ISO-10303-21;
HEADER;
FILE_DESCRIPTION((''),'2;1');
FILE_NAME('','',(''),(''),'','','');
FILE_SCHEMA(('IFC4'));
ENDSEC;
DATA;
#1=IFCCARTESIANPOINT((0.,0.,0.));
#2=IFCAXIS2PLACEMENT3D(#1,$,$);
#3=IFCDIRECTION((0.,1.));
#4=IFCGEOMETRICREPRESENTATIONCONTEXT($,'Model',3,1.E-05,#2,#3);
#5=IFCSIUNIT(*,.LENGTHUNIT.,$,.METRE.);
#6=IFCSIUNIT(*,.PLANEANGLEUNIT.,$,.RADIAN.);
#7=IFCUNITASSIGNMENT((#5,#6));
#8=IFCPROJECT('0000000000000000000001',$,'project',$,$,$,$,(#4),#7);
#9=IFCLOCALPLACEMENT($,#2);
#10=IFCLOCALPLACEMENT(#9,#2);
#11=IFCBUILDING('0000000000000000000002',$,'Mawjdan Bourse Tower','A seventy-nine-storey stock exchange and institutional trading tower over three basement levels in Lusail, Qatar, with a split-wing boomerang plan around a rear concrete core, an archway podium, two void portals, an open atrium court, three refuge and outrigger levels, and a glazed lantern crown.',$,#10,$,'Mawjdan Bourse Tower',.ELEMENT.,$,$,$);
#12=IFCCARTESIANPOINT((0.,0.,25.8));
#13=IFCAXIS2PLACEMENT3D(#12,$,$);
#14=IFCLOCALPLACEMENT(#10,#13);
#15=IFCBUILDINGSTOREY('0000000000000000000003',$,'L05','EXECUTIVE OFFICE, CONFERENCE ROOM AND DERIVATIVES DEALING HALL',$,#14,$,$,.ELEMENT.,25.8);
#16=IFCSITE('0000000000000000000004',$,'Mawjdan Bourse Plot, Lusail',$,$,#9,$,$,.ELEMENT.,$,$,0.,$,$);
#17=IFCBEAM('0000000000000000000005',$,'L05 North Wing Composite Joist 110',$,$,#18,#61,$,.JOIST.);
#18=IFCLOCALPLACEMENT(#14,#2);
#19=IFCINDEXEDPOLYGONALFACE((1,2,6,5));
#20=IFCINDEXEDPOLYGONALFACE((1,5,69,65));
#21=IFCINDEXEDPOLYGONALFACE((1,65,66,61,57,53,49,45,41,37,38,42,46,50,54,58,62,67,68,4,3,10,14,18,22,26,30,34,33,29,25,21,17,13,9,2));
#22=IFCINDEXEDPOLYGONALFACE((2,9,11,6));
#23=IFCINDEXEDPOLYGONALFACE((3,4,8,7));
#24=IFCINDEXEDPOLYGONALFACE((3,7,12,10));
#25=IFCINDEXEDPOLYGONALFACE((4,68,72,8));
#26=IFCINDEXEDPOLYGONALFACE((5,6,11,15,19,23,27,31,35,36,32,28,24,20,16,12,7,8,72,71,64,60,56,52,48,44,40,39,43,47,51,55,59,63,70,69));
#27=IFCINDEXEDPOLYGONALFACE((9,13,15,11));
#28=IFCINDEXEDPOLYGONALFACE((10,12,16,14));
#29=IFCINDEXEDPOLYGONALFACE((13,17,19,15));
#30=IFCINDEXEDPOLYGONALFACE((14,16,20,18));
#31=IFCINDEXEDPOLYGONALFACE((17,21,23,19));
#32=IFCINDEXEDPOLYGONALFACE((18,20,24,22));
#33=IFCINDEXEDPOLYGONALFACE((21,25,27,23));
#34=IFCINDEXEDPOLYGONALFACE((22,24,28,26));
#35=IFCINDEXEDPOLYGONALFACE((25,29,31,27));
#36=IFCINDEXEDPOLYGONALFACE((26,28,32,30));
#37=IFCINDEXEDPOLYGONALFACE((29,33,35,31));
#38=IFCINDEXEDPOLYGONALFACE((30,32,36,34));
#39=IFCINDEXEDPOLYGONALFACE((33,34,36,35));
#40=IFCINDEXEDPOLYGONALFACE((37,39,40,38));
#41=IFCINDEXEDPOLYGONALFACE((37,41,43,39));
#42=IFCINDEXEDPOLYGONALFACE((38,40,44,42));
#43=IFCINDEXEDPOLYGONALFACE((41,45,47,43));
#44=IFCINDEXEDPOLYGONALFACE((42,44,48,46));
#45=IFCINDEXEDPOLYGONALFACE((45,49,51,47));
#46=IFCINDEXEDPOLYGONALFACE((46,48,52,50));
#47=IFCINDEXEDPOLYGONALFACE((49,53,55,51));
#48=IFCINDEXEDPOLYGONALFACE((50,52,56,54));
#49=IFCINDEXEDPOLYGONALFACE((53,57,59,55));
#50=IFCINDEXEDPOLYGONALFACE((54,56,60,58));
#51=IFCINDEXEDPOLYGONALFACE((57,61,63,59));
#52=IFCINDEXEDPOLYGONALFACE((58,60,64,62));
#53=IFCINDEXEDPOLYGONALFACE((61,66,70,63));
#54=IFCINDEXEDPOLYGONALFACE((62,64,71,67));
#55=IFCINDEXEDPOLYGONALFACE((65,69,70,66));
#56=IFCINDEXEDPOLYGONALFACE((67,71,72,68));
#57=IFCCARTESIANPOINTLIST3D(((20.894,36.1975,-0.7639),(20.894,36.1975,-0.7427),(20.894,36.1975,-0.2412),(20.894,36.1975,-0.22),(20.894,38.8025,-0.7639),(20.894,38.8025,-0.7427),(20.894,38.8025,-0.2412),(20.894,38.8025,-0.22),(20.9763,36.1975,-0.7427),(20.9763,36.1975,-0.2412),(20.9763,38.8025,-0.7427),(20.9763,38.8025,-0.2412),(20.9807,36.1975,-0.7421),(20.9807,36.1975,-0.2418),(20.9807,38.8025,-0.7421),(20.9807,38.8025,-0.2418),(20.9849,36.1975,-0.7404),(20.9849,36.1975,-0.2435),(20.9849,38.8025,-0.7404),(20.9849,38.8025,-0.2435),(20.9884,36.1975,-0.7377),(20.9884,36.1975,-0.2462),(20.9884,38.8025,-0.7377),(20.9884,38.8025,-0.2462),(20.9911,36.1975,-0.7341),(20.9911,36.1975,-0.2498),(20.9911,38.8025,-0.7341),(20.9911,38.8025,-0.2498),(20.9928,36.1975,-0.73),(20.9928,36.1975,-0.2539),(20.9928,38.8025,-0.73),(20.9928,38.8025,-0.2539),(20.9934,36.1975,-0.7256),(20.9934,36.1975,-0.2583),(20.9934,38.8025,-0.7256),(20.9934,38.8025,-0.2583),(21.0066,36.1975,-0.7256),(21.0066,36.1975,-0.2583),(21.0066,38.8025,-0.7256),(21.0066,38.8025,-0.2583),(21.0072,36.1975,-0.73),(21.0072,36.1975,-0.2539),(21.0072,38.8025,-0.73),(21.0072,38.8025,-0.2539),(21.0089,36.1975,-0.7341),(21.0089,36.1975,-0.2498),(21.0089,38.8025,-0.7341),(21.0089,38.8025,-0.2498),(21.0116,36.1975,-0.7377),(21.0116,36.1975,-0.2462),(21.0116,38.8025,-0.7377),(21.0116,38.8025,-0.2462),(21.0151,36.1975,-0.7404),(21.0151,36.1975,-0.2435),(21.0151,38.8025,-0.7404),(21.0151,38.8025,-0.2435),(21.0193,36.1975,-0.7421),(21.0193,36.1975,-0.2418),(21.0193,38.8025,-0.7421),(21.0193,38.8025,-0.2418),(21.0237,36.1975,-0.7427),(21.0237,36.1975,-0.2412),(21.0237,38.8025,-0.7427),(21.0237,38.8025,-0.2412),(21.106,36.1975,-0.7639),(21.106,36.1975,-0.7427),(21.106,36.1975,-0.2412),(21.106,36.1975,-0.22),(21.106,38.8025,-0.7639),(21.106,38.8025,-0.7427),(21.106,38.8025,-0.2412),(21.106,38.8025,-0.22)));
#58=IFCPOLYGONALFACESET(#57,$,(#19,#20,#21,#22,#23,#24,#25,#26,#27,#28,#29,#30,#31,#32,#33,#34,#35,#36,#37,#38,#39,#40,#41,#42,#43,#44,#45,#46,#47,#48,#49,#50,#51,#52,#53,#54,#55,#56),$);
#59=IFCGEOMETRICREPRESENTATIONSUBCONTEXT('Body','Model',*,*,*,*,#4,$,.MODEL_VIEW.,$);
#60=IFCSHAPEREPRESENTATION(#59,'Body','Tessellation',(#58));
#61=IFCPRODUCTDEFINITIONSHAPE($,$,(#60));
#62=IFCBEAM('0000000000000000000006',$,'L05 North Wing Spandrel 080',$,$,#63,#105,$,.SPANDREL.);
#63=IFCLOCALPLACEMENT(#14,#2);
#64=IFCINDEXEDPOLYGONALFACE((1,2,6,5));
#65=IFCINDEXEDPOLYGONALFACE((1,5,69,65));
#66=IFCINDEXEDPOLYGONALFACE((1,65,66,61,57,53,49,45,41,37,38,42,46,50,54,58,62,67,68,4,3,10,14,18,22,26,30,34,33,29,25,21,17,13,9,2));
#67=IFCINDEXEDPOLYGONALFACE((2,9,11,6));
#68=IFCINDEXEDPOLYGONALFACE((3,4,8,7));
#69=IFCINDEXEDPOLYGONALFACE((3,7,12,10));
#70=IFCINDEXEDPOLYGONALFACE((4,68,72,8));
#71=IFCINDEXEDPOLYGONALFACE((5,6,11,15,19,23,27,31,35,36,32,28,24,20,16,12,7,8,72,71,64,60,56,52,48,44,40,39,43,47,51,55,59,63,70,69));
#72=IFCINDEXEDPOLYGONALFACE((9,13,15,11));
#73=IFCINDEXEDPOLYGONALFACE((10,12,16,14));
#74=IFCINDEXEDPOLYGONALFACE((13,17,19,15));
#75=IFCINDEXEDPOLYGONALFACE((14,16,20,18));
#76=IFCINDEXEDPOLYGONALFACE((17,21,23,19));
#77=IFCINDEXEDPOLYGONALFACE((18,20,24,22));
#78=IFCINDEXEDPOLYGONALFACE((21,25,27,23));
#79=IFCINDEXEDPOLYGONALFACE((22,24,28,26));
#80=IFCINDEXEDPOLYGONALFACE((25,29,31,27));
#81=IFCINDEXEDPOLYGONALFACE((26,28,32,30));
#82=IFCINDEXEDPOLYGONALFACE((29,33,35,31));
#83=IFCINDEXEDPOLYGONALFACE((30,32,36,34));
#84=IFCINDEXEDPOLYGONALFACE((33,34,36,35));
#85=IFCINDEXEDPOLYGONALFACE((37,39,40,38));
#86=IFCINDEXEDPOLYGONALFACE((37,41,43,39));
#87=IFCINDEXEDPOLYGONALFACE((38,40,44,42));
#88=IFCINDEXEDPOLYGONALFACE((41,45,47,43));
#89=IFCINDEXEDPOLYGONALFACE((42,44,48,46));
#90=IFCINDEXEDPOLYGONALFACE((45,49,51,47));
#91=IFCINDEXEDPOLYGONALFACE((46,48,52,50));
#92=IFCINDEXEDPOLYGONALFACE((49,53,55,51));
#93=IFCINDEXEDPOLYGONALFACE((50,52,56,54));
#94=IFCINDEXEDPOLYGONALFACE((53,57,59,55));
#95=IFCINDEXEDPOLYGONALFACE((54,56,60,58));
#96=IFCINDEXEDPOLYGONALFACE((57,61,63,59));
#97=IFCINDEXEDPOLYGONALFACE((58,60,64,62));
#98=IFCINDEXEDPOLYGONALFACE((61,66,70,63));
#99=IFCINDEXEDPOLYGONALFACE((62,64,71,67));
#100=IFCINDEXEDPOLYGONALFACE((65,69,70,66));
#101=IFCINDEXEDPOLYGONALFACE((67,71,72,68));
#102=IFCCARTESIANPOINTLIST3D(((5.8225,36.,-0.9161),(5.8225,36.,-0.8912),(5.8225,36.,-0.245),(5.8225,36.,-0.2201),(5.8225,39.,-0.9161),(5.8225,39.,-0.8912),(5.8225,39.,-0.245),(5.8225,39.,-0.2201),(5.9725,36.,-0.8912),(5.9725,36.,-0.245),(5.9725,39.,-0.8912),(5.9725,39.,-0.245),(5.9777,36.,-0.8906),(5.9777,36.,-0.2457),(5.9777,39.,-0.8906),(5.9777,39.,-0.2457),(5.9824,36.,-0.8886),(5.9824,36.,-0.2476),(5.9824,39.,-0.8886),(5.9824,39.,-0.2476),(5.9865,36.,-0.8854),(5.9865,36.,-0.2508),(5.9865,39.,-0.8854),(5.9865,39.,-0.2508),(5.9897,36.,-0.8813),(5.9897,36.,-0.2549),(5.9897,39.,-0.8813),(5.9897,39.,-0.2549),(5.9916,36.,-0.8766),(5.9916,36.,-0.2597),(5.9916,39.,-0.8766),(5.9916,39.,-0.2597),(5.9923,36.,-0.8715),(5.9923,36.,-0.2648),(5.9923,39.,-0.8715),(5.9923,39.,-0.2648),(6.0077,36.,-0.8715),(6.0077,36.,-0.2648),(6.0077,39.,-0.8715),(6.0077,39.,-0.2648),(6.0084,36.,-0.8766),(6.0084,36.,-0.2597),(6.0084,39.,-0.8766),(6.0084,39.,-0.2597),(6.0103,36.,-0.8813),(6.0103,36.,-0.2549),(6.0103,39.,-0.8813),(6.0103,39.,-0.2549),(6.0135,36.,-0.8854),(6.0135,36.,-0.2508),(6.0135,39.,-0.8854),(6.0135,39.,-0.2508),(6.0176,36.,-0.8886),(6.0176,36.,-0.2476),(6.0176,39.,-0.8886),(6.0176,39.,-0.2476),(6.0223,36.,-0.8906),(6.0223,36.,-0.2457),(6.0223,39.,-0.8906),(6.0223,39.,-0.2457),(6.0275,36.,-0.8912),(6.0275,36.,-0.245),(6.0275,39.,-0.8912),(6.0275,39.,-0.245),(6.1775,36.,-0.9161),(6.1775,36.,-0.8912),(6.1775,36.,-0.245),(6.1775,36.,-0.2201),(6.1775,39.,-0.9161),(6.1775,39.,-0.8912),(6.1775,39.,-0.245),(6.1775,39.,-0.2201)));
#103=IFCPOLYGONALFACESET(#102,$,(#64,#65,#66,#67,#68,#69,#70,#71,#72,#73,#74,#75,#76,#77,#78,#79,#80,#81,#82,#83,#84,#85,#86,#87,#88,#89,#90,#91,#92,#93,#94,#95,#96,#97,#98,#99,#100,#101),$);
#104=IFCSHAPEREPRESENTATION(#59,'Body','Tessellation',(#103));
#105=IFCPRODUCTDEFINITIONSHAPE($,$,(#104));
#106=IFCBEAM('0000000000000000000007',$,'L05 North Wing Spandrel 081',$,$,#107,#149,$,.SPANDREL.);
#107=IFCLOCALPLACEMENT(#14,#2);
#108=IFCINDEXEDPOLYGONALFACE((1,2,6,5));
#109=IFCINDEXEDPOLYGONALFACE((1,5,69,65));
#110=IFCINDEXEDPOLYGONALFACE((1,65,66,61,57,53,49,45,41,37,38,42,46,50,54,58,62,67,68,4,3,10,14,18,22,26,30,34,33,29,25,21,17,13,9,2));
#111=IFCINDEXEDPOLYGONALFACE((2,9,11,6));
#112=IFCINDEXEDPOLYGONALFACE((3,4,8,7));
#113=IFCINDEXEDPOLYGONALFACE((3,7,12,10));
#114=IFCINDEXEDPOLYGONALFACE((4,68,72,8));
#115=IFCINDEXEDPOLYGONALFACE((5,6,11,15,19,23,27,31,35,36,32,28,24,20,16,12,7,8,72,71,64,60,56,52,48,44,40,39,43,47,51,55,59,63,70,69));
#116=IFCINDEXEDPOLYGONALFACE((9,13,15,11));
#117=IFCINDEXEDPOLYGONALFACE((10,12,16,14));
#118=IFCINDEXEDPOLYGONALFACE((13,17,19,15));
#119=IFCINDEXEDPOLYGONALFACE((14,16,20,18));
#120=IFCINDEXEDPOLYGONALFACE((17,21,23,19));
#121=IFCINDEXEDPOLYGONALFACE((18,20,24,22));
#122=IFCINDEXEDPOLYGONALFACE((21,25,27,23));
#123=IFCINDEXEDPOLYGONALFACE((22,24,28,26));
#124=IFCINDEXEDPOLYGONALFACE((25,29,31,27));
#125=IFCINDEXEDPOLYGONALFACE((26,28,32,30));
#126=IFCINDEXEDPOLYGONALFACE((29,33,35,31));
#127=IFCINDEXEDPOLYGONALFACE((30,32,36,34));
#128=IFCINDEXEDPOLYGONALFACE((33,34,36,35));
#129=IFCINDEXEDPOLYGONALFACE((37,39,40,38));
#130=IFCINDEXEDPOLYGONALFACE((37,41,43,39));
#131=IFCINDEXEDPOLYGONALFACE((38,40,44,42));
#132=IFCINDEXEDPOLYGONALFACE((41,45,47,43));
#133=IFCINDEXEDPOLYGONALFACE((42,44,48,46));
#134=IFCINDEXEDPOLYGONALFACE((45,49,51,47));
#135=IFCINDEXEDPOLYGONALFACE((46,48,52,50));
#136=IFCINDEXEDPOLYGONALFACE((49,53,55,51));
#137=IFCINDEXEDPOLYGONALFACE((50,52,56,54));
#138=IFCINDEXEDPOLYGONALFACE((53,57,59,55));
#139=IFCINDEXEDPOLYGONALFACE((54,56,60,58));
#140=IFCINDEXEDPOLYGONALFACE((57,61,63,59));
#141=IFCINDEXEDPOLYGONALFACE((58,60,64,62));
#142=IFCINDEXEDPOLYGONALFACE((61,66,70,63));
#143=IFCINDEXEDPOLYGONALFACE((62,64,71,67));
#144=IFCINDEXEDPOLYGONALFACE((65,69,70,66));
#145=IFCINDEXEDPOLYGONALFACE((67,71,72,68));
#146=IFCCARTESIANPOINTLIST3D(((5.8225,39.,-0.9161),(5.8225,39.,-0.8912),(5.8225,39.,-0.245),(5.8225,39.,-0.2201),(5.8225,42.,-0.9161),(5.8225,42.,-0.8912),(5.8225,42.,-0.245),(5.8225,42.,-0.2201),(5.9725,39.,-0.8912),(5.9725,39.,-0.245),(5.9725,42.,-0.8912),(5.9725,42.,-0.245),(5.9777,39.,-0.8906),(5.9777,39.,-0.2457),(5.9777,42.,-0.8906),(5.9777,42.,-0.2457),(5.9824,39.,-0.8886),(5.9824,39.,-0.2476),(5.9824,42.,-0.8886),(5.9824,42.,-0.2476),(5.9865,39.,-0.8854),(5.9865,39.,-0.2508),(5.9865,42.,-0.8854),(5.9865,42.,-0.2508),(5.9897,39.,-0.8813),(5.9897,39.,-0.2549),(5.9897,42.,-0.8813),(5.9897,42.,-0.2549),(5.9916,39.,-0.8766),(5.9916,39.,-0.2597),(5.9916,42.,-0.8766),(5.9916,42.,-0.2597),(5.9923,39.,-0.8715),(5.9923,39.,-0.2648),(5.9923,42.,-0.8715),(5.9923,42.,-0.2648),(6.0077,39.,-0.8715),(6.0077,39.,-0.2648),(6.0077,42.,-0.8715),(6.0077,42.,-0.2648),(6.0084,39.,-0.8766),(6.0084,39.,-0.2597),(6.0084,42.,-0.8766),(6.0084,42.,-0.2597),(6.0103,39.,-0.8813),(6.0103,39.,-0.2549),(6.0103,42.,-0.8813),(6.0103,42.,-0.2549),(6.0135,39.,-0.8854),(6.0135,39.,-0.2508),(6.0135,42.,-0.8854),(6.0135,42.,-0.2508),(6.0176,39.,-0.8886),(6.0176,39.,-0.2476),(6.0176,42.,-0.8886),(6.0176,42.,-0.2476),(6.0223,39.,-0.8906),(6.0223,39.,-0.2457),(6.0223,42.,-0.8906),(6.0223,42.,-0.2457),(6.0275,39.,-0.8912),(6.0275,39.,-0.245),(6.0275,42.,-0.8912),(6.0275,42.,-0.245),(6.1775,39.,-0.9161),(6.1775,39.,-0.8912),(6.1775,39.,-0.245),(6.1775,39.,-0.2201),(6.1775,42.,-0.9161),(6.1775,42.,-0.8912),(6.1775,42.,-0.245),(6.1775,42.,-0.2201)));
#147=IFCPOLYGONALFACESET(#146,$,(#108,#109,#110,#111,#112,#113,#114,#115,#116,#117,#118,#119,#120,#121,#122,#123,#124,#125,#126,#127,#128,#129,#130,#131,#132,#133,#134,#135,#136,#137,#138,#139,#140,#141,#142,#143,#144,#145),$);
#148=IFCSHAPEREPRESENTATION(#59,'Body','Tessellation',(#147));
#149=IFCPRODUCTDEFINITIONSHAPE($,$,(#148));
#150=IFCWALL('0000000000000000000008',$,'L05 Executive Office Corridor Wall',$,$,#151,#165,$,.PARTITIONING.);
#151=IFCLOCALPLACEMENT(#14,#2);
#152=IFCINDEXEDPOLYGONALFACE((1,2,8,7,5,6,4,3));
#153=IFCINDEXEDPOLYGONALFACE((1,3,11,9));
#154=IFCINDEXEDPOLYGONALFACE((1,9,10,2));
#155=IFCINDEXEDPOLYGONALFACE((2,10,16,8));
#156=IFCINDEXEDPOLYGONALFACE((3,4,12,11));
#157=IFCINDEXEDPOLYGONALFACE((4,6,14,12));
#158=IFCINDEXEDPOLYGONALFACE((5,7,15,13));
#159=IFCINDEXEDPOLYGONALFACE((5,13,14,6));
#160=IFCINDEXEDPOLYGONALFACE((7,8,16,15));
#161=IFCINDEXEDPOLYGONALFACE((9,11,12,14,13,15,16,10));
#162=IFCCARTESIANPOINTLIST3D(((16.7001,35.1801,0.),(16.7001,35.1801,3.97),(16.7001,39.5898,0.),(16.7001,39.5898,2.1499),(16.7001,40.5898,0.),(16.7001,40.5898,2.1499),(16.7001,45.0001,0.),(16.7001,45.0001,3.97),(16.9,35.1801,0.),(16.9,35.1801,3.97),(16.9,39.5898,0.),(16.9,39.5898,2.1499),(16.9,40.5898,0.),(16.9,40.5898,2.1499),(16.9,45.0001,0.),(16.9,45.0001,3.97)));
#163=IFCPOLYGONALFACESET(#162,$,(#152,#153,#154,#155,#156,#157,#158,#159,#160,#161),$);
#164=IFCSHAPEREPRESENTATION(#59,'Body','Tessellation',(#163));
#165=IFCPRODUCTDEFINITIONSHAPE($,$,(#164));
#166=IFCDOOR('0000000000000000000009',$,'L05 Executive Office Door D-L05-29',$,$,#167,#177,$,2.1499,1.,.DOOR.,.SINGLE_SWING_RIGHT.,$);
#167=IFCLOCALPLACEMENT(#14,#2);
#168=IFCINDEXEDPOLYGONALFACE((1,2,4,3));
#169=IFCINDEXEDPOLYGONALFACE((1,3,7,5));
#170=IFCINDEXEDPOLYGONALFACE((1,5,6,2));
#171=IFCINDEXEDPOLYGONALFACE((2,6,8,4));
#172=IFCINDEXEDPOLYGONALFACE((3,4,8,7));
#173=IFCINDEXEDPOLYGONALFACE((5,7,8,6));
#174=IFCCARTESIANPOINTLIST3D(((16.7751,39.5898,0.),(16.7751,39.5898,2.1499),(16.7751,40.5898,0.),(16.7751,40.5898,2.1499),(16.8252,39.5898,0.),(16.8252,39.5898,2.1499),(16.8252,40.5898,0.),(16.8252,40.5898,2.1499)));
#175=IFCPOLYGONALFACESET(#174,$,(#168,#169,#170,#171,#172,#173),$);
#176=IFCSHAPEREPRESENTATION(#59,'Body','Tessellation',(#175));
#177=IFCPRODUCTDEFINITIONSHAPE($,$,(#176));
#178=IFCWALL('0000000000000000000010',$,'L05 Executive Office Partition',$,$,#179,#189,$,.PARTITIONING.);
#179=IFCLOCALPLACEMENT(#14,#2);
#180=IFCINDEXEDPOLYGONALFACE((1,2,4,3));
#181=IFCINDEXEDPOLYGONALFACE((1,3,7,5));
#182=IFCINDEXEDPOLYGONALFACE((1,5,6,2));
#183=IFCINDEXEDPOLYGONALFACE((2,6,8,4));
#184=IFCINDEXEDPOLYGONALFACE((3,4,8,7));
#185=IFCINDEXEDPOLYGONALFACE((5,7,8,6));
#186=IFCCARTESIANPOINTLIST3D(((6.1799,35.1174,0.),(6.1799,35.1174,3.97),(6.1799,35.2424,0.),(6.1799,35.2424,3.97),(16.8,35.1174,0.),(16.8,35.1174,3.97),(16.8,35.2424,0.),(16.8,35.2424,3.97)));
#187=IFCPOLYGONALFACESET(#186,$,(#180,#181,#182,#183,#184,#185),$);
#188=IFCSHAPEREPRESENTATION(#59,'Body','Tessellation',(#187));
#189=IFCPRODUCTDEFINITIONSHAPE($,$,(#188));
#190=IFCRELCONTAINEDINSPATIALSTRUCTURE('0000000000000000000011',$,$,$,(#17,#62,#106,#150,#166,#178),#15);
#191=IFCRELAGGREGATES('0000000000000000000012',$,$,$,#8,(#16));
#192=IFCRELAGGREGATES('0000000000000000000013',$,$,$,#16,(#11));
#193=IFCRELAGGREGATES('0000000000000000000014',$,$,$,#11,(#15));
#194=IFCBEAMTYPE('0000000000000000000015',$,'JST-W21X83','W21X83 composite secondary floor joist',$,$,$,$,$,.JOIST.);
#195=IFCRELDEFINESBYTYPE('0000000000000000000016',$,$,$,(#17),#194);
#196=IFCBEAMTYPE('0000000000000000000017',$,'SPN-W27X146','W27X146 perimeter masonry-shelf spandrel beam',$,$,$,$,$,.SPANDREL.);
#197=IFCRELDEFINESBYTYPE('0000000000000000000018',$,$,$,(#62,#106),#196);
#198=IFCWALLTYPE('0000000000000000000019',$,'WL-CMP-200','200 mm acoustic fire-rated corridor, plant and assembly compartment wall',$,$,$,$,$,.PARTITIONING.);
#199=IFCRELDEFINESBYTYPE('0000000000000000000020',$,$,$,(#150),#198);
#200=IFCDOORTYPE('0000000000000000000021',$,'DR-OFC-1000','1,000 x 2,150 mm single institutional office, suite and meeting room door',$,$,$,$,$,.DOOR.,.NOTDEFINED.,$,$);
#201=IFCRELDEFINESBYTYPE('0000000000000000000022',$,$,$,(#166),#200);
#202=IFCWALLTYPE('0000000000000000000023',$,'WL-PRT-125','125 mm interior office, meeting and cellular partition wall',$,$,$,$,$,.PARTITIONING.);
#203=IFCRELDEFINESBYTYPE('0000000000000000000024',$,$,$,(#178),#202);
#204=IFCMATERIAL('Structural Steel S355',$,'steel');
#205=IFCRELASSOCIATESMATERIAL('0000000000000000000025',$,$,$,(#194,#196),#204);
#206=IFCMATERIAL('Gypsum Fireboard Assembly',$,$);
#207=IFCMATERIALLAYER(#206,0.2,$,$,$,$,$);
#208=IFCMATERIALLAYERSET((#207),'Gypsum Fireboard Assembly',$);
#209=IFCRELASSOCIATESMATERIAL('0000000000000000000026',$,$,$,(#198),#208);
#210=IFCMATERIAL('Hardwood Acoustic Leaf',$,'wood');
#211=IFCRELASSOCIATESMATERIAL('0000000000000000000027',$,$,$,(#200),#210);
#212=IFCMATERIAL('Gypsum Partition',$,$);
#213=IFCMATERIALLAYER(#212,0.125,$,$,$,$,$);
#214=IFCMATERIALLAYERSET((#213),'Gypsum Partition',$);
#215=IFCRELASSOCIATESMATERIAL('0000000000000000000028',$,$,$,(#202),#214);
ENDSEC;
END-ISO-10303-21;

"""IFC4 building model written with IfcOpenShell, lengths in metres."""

from ifc_helpers import new_model, si_unit, direction, frame, frame_2d, origin, origin_2d, place, context, subcontext, project, spatial, rectangle, i_section, extrude, material, layer, layer_set, material_profile, profile_set, type_object, element, fill, save


model = new_model("IFC4")

# Units and contexts
model_context = context("Model", 3, precision=1e-05, world=origin(), true_north=direction((0.0, 1.0)))
body_context = subcontext(model_context, "Body", "Model", "MODEL_VIEW")
ifc_project = project(units=[si_unit("LENGTHUNIT", "METRE"), si_unit("PLANEANGLEUNIT", "RADIAN")], contexts=[model_context])

# Site, building, storey
site_placement = place(None, origin())
site = spatial("IfcSite", under=ifc_project, at=site_placement, Name="Mawjdan Bourse Plot, Lusail", CompositionType="ELEMENT", RefElevation=0.0)
building_placement = place(site_placement, origin())
building = spatial("IfcBuilding", under=site, at=building_placement, Name="Mawjdan Bourse Tower", Description="A seventy-nine-storey stock exchange and institutional trading tower over three basement levels in Lusail, Qatar, with a split-wing boomerang plan around a rear concrete core, an archway podium, two void portals, an open atrium court, three refuge and outrigger levels, and a glazed lantern crown.", LongName="Mawjdan Bourse Tower", CompositionType="ELEMENT")
storey_placement = place(building_placement, frame((0.0, 0.0, 25.8)))
storey = spatial("IfcBuildingStorey", under=building, at=storey_placement, Name="L05", Description="EXECUTIVE OFFICE, CONFERENCE ROOM AND DERIVATIVES DEALING HALL", CompositionType="ELEMENT", Elevation=25.8)

# Beams
ifc_material_1 = material(Name="Structural Steel S355", Category="steel")
ifc_material_profile_1 = material_profile(ifc_material_1, i_section(OverallWidth=0.2119, OverallDepth=0.5439, WebThickness=0.0132, FlangeThickness=0.0212, FilletRadius=0.0171, at=origin_2d()), Name="W21X83")
ifc_profile_set_1 = profile_set([ifc_material_profile_1], Name="Structural Steel S355")
beam_type_1 = type_object("IfcBeamType", Name="JST-W21X83", Description="W21X83 composite secondary floor joist", PredefinedType="JOIST", material=ifc_profile_set_1)
beam_1_placement = place(storey_placement, frame((21.0, 36.1975, -0.4919), z_axis=(0.0, 1.0, 0.0), x_axis=(-1.0, 0.0, 0.0)))
element("IfcBeam", 1, at=beam_1_placement, inside=storey, type_object=beam_type_1, Name="L05 North Wing Composite Joist 110", PredefinedType="JOIST", context=body_context, shape_type="SweptSolid", body=[
    extrude(i_section(OverallWidth=0.2119, OverallDepth=0.5439, WebThickness=0.0132, FlangeThickness=0.0212, FilletRadius=0.0171, at=origin_2d()), origin(), (0.0, 0.0, 1.0), 2.605),
])
ifc_material_profile_2 = material_profile(ifc_material_1, i_section(OverallWidth=0.355, OverallDepth=0.696, WebThickness=0.0154, FlangeThickness=0.0249, FilletRadius=0.0198, at=origin_2d()), Name="W27X146")
ifc_profile_set_2 = profile_set([ifc_material_profile_2], Name="Structural Steel S355")
beam_type_2 = type_object("IfcBeamType", Name="SPN-W27X146", Description="W27X146 perimeter masonry-shelf spandrel beam", PredefinedType="SPANDREL", material=ifc_profile_set_2)
for number, where, z_axis, x_axis, name in (
    (2, (6.0, 36.0, -0.5681), (0.0, 1.0, 0.0), (-1.0, 0.0, 0.0), "L05 North Wing Spandrel 080"),
    (3, (6.0, 39.0, -0.5681), (0.0, 1.0, 0.0), (-1.0, 0.0, 0.0), "L05 North Wing Spandrel 081"),
):
    element("IfcBeam", number, at=place(storey_placement, frame(where, z_axis=z_axis, x_axis=x_axis)), inside=storey, type_object=beam_type_2, Name=name, PredefinedType="SPANDREL", context=body_context, shape_type="SweptSolid", body=[
        extrude(i_section(OverallWidth=0.355, OverallDepth=0.696, WebThickness=0.0154, FlangeThickness=0.0249, FilletRadius=0.0198, at=origin_2d()), origin(), (0.0, 0.0, 1.0), 3.0),
    ])

# Wall, opening, door
ifc_material_2 = material(Name="Gypsum Fireboard Assembly")
ifc_layer_1 = layer(ifc_material_2, 0.2)
ifc_layer_set_1 = layer_set([ifc_layer_1], Name="Gypsum Fireboard Assembly")
wall_type_1 = type_object("IfcWallType", Name="WL-CMP-200", Description="200 mm acoustic fire-rated corridor, plant and assembly compartment wall", PredefinedType="PARTITIONING", material=ifc_layer_set_1)
wall_1_placement = place(storey_placement, frame((16.8, 35.1799, 0.0), z_axis=(0.0, 0.0, 1.0), x_axis=(0.0, 1.0, 0.0)))
wall_1 = element("IfcWall", 4, at=wall_1_placement, inside=storey, type_object=wall_type_1, Name="L05 Executive Office Corridor Wall", PredefinedType="PARTITIONING", context=body_context, shape_type="SweptSolid", body=[
    extrude(rectangle(XDim=9.8201, YDim=0.2, at=frame_2d((4.9102, 0.0))), origin(), (0.0, 0.0, 1.0), 3.97),
])
opening_placement = place(wall_1_placement, frame((4.4099, 0.0, 0.0)))
opening = element("IfcOpeningElement", 5, at=opening_placement, cuts=wall_1, PredefinedType="OPENING", context=body_context, shape_type="SweptSolid", body=[
    extrude(rectangle(XDim=1.0, YDim=2.1499, at=frame_2d((0.5, 1.075))), frame((0.0, 0.1099, 0.0), z_axis=(0.0, -1.0, 0.0), x_axis=(1.0, 0.0, 0.0)), (0.0, 0.0, 1.0), 0.22),
])
ifc_material_3 = material(Name="Hardwood Acoustic Leaf", Category="wood")
door_type = type_object("IfcDoorType", Name="DR-OFC-1000", Description="1,000 x 2,150 mm single institutional office, suite and meeting room door", OperationType="NOTDEFINED", PredefinedType="DOOR", material=ifc_material_3)
door_placement = place(opening_placement, origin())
door = element("IfcDoor", 6, at=door_placement, inside=storey, type_object=door_type, Name="L05 Executive Office Door D-L05-29", OperationType="SINGLE_SWING_RIGHT", OverallHeight=2.1499, OverallWidth=1.0, PredefinedType="DOOR", context=body_context, shape_type="SweptSolid", body=[
    extrude(rectangle(XDim=1.0, YDim=2.1499, at=frame_2d((0.5, 1.075))), frame((0.0, 0.0249, 0.0), z_axis=(0.0, -1.0, 0.0), x_axis=(1.0, 0.0, 0.0)), (0.0, 0.0, 1.0), 0.05),
])
fill(opening, door)

# Wall
ifc_material_4 = material(Name="Gypsum Partition")
ifc_layer_2 = layer(ifc_material_4, 0.125)
ifc_layer_set_2 = layer_set([ifc_layer_2], Name="Gypsum Partition")
wall_type_2 = type_object("IfcWallType", Name="WL-PRT-125", Description="125 mm interior office, meeting and cellular partition wall", PredefinedType="PARTITIONING", material=ifc_layer_set_2)
wall_2_placement = place(storey_placement, frame((6.1799, 35.1799, 0.0), z_axis=(0.0, 0.0, 1.0), x_axis=(1.0, 0.0, 0.0)))
element("IfcWall", 7, at=wall_2_placement, inside=storey, type_object=wall_type_2, Name="L05 Executive Office Partition", PredefinedType="PARTITIONING", context=body_context, shape_type="SweptSolid", body=[
    extrude(rectangle(XDim=10.6201, YDim=0.125, at=frame_2d((5.3101, 0.0))), origin(), (0.0, 0.0, 1.0), 3.97),
])

save(model, "model.ifc")
